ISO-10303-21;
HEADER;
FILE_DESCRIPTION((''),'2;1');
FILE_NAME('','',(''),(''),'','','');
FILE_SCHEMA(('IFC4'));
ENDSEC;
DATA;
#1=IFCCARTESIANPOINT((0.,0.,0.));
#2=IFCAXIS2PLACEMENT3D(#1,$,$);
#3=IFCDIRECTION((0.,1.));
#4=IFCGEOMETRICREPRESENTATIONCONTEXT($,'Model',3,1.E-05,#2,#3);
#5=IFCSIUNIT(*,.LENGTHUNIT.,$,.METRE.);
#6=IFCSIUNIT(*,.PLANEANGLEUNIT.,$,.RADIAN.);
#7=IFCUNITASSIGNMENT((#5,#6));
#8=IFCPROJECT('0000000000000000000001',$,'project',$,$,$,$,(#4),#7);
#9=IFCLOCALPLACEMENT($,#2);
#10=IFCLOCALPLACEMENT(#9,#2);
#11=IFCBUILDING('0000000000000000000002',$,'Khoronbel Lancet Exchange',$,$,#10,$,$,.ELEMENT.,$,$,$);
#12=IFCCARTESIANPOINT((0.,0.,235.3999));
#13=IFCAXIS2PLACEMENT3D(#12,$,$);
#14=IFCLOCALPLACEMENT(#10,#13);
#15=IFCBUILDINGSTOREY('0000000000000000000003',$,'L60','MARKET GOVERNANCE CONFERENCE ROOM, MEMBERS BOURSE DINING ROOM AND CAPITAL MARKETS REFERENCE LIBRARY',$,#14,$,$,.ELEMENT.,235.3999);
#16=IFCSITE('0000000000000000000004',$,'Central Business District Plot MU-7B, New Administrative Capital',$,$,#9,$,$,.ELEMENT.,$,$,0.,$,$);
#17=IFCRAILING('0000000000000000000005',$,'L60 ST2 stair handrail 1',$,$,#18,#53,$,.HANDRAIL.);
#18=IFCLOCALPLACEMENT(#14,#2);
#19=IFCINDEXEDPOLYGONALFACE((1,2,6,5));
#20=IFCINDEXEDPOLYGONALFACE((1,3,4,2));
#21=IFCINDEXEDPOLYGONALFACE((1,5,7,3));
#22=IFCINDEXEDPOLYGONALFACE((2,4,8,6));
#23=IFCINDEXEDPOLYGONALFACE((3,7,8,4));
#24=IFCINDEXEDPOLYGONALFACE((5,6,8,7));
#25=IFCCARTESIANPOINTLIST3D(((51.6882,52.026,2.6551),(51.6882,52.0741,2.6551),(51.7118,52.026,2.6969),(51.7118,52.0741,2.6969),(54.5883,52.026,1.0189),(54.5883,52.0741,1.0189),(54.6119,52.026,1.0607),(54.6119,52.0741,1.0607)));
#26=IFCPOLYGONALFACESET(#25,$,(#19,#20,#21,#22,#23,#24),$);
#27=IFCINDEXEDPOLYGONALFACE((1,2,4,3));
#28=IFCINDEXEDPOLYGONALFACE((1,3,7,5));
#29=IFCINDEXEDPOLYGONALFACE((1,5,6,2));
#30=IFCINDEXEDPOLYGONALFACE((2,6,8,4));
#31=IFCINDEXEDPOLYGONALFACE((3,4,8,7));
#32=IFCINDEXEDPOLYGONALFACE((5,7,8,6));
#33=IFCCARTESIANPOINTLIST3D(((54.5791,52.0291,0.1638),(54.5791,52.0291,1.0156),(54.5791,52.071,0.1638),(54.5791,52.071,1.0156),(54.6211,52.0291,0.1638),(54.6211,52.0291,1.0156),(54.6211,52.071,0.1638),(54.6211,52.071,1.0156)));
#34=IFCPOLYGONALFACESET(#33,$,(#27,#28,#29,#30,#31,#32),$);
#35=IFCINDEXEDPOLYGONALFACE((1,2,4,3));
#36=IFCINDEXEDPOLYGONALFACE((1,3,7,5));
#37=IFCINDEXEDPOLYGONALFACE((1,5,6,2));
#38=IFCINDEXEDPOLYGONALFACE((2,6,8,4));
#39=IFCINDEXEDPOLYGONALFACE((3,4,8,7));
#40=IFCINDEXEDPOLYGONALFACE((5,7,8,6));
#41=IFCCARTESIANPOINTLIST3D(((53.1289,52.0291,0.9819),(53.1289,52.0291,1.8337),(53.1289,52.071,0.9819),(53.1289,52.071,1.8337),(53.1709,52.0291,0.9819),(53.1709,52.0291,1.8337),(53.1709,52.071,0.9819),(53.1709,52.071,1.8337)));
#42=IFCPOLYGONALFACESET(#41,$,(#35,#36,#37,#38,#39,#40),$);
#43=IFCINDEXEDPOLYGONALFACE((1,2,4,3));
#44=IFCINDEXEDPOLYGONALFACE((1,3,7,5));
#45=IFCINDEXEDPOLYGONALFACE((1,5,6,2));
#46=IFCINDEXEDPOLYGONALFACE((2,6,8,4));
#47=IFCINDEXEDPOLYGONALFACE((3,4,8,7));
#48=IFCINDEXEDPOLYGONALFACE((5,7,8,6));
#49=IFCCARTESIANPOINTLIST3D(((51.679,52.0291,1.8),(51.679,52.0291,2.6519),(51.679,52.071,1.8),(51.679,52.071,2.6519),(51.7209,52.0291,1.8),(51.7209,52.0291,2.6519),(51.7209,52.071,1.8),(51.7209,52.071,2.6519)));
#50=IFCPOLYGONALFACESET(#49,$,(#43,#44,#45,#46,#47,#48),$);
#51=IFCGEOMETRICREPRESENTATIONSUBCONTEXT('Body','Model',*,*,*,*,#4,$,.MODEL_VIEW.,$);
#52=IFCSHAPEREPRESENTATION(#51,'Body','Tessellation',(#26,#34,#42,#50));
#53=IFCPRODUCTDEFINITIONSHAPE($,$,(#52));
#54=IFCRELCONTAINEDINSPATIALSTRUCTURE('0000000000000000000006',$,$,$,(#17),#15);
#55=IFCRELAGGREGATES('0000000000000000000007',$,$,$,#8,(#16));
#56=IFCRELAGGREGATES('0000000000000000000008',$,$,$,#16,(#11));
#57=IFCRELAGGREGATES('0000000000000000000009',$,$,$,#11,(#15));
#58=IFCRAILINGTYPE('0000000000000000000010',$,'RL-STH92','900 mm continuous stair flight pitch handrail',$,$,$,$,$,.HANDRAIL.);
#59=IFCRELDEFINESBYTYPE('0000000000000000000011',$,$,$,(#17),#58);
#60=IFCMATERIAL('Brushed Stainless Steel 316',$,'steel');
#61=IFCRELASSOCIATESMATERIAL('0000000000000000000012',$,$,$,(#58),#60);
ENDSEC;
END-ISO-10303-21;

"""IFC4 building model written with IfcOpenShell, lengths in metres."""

from ifc_helpers import new_model, si_unit, direction, frame, origin, origin_2d, place, context, subcontext, project, spatial, rectangle, extrude, material, type_object, element, save


model = new_model("IFC4")

# Units and contexts
model_context = context("Model", 3, precision=1e-05, world=origin(), true_north=direction((0.0, 1.0)))
body_context = subcontext(model_context, "Body", "Model", "MODEL_VIEW")
ifc_project = project(units=[si_unit("LENGTHUNIT", "METRE"), si_unit("PLANEANGLEUNIT", "RADIAN")], contexts=[model_context])

# Site, building, storey
site_placement = place(None, origin())
site = spatial("IfcSite", under=ifc_project, at=site_placement, Name="Central Business District Plot MU-7B, New Administrative Capital", CompositionType="ELEMENT", RefElevation=0.0)
building_placement = place(site_placement, origin())
building = spatial("IfcBuilding", under=site, at=building_placement, Name="Khoronbel Lancet Exchange", CompositionType="ELEMENT")
storey_placement = place(building_placement, frame((0.0, 0.0, 235.3999)))
storey = spatial("IfcBuildingStorey", under=building, at=storey_placement, Name="L60", Description="MARKET GOVERNANCE CONFERENCE ROOM, MEMBERS BOURSE DINING ROOM AND CAPITAL MARKETS REFERENCE LIBRARY", CompositionType="ELEMENT", Elevation=235.3999)

# Railing
ifc_material_1 = material(Name="Brushed Stainless Steel 316", Category="steel")
railing_type_1 = type_object("IfcRailingType", Name="RL-STH92", Description="900 mm continuous stair flight pitch handrail", PredefinedType="HANDRAIL", material=ifc_material_1)
railing_1_placement = place(storey_placement, frame((54.6001, 52.05, 0.1638)))
element("IfcRailing", 1, at=railing_1_placement, inside=storey, type_object=railing_type_1, Name="L60 ST2 stair handrail 1", PredefinedType="HANDRAIL", context=body_context, shape_type="SweptSolid", body=[
    extrude(rectangle(XDim=0.0481, YDim=0.0481, at=origin_2d()), frame((0.0, 0.0, 0.876), z_axis=(-0.870946, 0.0, 0.491378), x_axis=(0.0, -1.0, 0.0)), (0.0, 0.0, 1.0), 3.3298),
    extrude(rectangle(XDim=0.042, YDim=0.042, at=origin_2d()), origin(), (0.0, 0.0, 1.0), 0.8518),
    extrude(rectangle(XDim=0.042, YDim=0.042, at=origin_2d()), frame((-1.4502, 0.0, 0.8181)), (0.0, 0.0, 1.0), 0.8518),
    extrude(rectangle(XDim=0.042, YDim=0.042, at=origin_2d()), frame((-2.9001, 0.0, 1.6362)), (0.0, 0.0, 1.0), 0.8518),
])

save(model, "model.ifc")
